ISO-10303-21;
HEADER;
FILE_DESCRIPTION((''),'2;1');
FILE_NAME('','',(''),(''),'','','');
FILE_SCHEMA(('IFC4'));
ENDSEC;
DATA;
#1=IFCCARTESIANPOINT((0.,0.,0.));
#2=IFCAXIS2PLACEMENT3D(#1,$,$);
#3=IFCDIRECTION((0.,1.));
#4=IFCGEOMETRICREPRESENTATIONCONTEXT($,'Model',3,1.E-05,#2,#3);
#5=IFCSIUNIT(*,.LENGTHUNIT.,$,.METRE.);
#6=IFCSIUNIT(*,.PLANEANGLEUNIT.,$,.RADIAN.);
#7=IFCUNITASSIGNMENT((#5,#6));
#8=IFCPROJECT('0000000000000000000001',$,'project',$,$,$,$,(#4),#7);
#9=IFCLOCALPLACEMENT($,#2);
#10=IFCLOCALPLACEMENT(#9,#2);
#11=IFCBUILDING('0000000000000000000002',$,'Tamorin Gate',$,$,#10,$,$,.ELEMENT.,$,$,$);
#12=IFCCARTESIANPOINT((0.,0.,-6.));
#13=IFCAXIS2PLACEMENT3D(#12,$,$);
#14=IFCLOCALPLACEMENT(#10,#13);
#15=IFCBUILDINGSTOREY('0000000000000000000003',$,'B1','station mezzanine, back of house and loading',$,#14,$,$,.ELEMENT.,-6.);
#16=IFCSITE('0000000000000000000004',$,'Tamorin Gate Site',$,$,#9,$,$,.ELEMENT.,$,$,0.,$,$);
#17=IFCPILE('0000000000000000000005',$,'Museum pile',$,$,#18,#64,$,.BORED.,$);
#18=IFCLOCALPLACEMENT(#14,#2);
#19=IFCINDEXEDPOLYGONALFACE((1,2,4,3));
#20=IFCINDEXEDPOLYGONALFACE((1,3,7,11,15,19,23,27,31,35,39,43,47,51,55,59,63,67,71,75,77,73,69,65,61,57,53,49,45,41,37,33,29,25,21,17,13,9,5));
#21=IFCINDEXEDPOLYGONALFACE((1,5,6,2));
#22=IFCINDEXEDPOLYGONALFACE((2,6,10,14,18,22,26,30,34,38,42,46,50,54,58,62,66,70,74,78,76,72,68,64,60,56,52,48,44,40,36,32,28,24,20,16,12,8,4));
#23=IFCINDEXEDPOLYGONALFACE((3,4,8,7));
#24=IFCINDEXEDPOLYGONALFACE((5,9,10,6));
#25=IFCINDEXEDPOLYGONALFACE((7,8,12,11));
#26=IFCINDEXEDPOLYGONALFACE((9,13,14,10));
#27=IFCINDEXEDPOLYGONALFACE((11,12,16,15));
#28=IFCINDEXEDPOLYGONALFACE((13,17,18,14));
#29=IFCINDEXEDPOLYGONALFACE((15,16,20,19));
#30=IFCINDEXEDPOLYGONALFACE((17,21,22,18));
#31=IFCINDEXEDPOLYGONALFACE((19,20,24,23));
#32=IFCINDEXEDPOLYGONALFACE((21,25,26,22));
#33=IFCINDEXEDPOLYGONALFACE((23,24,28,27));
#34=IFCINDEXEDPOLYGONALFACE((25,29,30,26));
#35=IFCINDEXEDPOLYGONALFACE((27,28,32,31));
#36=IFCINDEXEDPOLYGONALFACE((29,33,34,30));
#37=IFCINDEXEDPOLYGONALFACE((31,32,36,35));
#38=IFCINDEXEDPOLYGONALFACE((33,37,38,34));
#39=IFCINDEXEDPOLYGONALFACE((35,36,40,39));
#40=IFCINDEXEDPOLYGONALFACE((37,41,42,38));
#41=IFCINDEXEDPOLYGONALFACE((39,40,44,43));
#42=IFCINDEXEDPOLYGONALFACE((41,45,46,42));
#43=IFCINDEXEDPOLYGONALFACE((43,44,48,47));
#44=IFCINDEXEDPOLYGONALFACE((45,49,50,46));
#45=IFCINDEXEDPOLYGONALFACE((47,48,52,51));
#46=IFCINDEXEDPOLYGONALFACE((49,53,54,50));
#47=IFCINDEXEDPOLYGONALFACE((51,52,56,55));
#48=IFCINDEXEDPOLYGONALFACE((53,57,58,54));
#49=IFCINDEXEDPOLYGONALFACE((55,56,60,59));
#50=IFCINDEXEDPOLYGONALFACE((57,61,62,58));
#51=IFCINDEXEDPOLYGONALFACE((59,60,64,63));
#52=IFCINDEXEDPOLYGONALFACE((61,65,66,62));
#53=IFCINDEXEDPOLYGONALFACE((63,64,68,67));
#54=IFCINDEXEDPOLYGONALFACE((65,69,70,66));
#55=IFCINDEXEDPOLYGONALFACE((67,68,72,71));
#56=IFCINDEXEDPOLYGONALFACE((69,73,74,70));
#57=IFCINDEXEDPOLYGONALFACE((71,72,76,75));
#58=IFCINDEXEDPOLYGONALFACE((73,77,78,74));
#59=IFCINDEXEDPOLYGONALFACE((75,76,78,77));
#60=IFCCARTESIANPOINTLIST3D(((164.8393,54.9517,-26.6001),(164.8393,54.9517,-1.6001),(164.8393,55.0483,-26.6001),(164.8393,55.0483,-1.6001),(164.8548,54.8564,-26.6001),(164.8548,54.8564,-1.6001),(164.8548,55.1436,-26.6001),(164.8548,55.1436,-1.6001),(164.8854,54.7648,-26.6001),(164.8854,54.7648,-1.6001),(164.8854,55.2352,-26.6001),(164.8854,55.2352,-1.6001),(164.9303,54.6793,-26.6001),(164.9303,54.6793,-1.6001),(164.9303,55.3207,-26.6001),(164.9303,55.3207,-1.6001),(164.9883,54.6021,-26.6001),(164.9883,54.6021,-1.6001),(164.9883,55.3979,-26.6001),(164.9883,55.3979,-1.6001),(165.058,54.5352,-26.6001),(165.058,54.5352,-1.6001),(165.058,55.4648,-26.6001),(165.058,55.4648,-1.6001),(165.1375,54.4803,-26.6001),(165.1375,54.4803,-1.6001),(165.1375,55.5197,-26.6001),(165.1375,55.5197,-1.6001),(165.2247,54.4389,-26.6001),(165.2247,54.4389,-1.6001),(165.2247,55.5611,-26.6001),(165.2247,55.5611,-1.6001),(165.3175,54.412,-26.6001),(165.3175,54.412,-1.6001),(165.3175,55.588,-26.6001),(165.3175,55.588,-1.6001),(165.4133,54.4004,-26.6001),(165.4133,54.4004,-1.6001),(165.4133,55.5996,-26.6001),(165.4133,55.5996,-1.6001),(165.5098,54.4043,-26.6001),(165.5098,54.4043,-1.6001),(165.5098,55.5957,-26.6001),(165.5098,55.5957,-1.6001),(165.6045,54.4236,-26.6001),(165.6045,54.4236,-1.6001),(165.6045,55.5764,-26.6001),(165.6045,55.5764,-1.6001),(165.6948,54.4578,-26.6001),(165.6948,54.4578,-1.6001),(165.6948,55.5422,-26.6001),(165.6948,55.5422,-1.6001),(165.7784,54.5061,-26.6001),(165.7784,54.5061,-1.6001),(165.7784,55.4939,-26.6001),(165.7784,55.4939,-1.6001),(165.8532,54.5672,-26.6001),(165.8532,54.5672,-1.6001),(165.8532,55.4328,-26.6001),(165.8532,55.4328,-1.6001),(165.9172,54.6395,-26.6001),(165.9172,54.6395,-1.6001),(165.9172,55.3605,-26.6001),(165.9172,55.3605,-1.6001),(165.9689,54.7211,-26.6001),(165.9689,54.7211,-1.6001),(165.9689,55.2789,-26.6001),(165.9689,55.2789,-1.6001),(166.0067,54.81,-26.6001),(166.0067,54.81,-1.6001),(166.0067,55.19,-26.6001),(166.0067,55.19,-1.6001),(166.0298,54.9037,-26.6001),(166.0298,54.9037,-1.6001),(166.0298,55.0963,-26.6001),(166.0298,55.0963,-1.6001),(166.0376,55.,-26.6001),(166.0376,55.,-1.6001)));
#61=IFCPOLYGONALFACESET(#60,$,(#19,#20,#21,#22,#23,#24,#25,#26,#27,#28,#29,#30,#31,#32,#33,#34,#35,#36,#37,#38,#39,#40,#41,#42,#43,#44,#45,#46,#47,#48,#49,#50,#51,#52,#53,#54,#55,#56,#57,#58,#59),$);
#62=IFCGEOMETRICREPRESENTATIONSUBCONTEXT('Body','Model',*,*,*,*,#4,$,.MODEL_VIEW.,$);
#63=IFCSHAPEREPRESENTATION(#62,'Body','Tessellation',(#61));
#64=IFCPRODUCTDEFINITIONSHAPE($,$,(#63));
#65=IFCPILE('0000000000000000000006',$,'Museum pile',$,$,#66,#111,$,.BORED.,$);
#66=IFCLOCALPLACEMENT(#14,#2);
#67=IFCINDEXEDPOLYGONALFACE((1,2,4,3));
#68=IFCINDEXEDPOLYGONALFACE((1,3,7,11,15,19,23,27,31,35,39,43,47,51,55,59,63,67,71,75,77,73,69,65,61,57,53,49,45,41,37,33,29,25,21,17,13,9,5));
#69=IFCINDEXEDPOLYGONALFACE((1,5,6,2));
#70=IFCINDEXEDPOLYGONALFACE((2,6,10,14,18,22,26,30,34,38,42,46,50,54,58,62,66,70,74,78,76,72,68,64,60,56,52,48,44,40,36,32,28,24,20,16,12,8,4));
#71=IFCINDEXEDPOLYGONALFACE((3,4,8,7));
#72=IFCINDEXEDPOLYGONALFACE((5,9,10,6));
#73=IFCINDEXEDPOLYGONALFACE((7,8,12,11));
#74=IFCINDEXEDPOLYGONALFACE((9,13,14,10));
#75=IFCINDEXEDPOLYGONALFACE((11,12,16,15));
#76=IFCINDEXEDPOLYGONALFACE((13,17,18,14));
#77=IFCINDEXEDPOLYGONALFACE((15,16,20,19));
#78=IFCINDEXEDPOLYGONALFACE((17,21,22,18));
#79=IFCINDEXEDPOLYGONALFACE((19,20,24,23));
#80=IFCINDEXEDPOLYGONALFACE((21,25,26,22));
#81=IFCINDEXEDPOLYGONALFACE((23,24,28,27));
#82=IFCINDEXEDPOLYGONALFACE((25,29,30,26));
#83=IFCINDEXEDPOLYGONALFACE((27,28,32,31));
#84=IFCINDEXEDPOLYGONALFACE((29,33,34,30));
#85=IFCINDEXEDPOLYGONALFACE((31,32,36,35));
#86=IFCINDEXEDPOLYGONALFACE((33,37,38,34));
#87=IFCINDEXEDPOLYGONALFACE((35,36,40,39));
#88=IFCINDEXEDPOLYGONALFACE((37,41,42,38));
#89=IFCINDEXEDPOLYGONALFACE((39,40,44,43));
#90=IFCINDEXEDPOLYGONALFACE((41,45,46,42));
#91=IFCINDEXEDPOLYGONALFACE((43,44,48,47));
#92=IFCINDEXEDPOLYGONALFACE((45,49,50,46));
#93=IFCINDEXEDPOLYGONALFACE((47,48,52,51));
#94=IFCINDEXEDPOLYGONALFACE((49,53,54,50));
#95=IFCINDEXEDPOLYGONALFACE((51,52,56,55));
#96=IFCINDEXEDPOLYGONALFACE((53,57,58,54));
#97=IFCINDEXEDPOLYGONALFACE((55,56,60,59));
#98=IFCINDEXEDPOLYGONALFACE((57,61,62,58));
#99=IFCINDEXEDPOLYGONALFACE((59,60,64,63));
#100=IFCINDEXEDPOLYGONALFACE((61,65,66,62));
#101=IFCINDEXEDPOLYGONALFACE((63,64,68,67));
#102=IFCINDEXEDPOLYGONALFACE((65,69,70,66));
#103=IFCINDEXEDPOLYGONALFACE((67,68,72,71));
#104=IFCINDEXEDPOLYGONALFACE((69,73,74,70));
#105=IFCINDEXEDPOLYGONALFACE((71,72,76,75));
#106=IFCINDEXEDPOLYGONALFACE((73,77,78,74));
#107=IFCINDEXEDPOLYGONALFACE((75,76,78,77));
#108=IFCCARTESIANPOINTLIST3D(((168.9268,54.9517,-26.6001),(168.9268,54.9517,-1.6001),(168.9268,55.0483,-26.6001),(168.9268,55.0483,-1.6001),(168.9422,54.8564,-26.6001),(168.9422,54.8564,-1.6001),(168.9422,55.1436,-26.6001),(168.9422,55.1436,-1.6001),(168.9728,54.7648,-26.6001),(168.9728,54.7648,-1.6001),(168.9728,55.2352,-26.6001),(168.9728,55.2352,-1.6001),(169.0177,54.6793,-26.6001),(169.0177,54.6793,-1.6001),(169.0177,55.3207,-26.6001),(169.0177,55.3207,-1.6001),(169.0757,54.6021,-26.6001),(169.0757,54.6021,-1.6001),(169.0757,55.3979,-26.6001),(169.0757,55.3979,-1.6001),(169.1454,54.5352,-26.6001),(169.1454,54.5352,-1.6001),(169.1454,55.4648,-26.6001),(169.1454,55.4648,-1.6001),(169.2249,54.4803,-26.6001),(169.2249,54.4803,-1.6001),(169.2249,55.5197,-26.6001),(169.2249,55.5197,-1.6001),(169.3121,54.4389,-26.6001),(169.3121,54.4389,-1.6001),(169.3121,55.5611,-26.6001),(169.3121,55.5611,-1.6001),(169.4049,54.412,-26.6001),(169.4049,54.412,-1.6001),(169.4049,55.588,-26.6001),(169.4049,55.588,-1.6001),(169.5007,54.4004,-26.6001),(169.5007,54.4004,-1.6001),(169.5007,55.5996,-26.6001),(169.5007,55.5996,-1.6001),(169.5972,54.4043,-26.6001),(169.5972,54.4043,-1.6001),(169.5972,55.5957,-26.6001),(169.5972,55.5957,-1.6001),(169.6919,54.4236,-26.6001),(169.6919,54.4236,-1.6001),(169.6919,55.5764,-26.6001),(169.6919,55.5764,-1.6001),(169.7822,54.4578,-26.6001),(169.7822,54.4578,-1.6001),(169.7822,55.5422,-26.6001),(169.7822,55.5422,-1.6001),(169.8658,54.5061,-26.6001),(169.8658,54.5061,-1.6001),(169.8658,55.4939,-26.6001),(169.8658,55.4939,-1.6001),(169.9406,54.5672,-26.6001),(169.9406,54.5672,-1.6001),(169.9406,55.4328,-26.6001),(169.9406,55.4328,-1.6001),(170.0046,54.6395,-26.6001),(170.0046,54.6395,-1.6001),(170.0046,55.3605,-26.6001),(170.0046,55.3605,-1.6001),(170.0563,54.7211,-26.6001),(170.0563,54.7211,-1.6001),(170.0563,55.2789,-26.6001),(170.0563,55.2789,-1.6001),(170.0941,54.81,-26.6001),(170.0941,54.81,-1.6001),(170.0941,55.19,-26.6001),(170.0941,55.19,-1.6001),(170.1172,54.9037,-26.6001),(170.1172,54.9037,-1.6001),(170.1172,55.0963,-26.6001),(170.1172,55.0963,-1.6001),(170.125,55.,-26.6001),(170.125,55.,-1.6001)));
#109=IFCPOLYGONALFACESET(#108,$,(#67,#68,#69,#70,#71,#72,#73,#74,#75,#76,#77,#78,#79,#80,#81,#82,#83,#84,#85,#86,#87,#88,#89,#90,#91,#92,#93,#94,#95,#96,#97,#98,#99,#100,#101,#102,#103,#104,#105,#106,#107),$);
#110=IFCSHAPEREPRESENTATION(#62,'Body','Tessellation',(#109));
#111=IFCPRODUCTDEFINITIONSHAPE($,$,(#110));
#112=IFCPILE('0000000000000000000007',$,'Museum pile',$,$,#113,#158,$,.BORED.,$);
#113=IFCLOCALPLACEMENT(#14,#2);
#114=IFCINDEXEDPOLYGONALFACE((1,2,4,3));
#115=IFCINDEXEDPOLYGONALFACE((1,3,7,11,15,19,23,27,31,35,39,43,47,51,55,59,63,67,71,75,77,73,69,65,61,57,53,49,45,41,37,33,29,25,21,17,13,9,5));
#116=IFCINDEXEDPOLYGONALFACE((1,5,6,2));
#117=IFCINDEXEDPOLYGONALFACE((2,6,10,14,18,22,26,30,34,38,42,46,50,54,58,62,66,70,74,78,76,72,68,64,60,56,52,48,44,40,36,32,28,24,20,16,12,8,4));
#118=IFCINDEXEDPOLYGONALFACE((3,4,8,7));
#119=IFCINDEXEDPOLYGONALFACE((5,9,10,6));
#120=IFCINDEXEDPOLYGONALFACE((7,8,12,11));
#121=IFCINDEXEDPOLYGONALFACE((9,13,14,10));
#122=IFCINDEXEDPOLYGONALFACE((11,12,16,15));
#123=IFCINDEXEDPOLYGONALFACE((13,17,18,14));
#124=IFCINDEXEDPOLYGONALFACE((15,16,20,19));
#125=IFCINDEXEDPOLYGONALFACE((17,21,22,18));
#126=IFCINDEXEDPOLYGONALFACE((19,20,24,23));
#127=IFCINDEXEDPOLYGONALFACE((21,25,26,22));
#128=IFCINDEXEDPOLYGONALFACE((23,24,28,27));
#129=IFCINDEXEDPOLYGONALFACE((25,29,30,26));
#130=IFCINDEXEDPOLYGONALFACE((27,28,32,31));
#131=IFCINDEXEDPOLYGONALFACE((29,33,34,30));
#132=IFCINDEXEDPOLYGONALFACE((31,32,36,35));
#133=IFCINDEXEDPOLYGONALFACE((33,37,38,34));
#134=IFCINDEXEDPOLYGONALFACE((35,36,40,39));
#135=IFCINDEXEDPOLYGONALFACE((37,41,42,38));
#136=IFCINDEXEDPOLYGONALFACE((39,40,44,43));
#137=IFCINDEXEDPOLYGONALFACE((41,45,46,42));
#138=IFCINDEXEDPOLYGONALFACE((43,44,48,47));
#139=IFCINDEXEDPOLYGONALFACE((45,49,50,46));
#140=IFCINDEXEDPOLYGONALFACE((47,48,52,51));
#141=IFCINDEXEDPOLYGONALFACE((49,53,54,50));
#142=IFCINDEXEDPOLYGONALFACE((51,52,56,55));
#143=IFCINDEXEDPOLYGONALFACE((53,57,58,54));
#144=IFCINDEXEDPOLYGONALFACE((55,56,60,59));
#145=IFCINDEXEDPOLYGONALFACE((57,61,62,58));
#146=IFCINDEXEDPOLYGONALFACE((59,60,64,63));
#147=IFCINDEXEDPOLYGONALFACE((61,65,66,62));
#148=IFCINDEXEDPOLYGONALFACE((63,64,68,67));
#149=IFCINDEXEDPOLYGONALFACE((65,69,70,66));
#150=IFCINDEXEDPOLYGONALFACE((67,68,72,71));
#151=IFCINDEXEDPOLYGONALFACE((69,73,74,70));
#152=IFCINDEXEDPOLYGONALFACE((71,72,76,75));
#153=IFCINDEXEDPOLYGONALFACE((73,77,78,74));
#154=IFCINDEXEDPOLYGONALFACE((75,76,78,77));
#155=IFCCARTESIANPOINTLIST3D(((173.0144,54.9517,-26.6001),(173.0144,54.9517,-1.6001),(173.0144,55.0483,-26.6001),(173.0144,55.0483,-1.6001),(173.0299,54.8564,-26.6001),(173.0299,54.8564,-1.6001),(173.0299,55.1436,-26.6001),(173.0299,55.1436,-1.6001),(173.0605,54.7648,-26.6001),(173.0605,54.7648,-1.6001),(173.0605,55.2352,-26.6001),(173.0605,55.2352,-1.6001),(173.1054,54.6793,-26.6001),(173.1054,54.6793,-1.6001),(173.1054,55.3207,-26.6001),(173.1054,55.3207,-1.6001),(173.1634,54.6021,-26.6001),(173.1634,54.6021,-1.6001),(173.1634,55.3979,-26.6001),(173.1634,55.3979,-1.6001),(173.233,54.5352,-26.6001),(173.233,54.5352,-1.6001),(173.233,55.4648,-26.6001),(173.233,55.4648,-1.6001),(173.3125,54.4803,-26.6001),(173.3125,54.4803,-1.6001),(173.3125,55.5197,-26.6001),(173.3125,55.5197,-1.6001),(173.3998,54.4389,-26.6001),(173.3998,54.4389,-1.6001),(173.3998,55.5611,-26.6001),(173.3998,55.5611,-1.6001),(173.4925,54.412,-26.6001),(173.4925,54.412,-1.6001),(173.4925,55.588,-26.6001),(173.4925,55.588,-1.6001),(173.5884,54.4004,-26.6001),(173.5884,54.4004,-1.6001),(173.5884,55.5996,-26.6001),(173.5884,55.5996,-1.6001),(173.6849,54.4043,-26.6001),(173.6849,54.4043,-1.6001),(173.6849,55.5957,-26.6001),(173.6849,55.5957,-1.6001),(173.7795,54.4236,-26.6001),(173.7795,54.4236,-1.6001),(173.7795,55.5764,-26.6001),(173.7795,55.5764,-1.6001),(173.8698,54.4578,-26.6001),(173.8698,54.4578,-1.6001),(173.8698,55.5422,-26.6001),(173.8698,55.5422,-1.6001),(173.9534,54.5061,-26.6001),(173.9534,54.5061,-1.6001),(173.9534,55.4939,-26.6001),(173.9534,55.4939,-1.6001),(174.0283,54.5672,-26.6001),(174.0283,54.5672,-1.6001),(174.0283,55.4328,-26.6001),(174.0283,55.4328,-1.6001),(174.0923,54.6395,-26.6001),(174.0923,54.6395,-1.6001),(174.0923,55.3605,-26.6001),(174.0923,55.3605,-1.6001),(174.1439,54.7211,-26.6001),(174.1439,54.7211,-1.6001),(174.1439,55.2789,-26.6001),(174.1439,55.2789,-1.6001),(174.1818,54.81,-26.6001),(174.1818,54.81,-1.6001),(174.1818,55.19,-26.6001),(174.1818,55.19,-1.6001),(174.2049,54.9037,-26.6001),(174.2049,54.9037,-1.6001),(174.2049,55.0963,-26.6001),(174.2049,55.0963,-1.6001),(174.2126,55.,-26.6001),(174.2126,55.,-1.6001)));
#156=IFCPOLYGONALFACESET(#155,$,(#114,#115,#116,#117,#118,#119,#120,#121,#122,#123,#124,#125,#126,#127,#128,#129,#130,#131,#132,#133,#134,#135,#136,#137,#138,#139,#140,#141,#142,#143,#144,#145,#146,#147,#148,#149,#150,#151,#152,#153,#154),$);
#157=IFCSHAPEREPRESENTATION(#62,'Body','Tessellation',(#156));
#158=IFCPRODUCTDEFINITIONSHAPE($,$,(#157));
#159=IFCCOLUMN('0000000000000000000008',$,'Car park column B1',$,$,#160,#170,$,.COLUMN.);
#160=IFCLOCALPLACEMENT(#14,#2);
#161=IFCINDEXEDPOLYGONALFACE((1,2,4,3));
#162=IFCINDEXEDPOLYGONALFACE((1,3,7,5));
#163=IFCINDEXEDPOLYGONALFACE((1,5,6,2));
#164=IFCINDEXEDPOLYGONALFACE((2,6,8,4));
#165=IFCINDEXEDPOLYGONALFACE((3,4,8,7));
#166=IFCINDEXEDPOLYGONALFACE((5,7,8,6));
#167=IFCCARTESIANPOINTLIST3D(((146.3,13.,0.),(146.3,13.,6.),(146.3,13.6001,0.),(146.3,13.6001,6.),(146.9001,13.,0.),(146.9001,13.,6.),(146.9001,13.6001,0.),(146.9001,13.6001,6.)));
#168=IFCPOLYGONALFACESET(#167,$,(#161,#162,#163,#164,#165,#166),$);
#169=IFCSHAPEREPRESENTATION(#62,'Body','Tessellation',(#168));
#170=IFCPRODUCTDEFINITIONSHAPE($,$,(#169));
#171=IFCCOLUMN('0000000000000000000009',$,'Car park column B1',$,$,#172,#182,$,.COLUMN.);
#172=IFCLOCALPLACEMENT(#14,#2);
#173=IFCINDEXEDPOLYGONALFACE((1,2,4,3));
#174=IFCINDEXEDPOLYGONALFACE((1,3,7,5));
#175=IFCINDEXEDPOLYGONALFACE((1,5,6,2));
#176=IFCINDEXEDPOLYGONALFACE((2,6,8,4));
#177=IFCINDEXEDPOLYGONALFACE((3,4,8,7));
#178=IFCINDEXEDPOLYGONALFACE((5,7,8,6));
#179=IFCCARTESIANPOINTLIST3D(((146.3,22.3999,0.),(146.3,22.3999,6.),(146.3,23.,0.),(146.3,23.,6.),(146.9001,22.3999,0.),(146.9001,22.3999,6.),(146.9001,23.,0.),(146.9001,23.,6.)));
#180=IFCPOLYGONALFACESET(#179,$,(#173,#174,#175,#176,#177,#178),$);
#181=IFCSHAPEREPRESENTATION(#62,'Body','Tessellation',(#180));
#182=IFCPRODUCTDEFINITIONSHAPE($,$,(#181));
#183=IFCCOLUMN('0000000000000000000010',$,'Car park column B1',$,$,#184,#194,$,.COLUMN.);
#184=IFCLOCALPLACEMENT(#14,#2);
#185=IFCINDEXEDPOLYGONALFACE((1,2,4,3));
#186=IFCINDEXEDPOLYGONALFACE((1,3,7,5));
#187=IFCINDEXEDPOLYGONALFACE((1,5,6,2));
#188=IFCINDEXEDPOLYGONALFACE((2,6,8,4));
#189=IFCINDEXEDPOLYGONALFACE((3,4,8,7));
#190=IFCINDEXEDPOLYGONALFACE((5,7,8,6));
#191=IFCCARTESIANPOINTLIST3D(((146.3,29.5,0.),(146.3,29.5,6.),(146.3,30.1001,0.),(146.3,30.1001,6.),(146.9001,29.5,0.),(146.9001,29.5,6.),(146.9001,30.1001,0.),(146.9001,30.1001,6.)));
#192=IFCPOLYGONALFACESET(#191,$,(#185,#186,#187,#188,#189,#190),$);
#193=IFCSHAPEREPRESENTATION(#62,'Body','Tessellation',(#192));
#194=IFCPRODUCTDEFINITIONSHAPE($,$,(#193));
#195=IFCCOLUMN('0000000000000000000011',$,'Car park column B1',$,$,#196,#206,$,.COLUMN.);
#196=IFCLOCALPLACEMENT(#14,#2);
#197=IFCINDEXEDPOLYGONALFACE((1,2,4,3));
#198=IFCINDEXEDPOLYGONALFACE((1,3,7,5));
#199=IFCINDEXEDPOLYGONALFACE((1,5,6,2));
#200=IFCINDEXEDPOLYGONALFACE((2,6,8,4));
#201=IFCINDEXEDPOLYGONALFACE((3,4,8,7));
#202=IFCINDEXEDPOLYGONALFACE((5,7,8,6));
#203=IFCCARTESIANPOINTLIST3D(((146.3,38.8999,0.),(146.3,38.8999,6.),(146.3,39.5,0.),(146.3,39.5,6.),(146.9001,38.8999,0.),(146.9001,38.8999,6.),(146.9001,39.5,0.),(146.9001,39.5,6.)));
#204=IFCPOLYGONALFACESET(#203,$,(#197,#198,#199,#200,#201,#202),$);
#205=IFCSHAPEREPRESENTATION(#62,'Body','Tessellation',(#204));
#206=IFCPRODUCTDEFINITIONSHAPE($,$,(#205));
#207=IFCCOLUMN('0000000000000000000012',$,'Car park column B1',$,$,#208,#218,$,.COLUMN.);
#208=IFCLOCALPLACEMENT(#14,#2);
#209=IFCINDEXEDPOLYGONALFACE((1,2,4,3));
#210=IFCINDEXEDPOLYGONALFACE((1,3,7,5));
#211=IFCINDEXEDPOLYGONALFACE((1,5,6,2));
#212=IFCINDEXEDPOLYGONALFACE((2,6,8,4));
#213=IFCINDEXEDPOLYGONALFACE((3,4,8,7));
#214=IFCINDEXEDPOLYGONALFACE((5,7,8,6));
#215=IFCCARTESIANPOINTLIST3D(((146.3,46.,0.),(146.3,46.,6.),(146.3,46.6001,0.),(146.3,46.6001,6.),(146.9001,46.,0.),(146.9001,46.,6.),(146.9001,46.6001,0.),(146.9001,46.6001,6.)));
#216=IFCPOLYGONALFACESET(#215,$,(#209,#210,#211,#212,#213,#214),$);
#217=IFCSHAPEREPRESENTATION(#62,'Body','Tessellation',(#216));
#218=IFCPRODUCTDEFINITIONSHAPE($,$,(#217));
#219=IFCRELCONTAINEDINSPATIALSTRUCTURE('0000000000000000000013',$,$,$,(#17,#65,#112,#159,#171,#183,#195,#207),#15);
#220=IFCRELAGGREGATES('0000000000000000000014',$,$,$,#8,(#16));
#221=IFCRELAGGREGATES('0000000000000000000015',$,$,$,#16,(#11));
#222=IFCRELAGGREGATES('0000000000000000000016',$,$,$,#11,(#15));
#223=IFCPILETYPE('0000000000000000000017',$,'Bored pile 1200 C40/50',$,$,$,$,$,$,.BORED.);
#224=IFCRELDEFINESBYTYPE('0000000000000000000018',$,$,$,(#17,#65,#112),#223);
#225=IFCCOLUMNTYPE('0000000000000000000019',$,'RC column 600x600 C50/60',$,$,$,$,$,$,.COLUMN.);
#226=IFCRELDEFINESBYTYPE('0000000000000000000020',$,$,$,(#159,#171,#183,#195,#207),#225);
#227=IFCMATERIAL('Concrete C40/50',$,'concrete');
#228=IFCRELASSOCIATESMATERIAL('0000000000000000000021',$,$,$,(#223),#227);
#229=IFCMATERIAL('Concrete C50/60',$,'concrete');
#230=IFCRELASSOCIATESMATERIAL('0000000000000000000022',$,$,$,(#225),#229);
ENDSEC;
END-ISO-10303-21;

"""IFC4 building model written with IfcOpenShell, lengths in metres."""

from ifc_helpers import new_model, si_unit, direction, frame, origin, origin_2d, place, context, subcontext, project, spatial, rectangle, circle, extrude, material, material_profile, profile_set, type_object, element, save


model = new_model("IFC4")

# Units and contexts
model_context = context("Model", 3, precision=1e-05, world=origin(), true_north=direction((0.0, 1.0)))
body_context = subcontext(model_context, "Body", "Model", "MODEL_VIEW")
ifc_project = project(units=[si_unit("LENGTHUNIT", "METRE"), si_unit("PLANEANGLEUNIT", "RADIAN")], contexts=[model_context])

# Site, building, storey
site_placement = place(None, origin())
site = spatial("IfcSite", under=ifc_project, at=site_placement, Name="Tamorin Gate Site", CompositionType="ELEMENT", RefElevation=0.0)
building_placement = place(site_placement, origin())
building = spatial("IfcBuilding", under=site, at=building_placement, Name="Tamorin Gate", CompositionType="ELEMENT")
storey_placement = place(building_placement, frame((0.0, 0.0, -6.0)))
storey = spatial("IfcBuildingStorey", under=building, at=storey_placement, Name="B1", Description="station mezzanine, back of house and loading", CompositionType="ELEMENT", Elevation=-6.0)

# Piles
ifc_material_1 = material(Name="Concrete C40/50", Category="concrete")
ifc_material_profile_1 = material_profile(ifc_material_1, circle(Radius=0.6001, at=origin_2d()))
ifc_profile_set_1 = profile_set([ifc_material_profile_1], Name="Concrete C40/50")
pile_type = type_object("IfcPileType", Name="Bored pile 1200 C40/50", PredefinedType="BORED", material=ifc_profile_set_1)
for number, where, z_axis, x_axis, name in (
    (1, (165.4375, 55.0, -1.6001), (0.0, 0.0, -1.0), (1.0, 0.0, 0.0), "Museum pile"),
    (2, (169.5249, 55.0, -1.6001), (0.0, 0.0, -1.0), (1.0, 0.0, 0.0), "Museum pile"),
    (3, (173.6125, 55.0, -1.6001), (0.0, 0.0, -1.0), (1.0, 0.0, 0.0), "Museum pile"),
):
    element("IfcPile", number, at=place(storey_placement, frame(where, z_axis=z_axis, x_axis=x_axis)), inside=storey, type_object=pile_type, Name=name, PredefinedType="BORED", context=body_context, shape_type="SweptSolid", body=[
        extrude(circle(Radius=0.6001, at=origin_2d()), origin(), (0.0, 0.0, 1.0), 25.0),
    ])

# Columns
ifc_material_2 = material(Name="Concrete C50/60", Category="concrete")
ifc_material_profile_2 = material_profile(ifc_material_2, rectangle(XDim=0.6001, YDim=0.6001, at=origin_2d()))
ifc_profile_set_2 = profile_set([ifc_material_profile_2], Name="Concrete C50/60")
column_type = type_object("IfcColumnType", Name="RC column 600x600 C50/60", PredefinedType="COLUMN", material=ifc_profile_set_2)
for number, where, z_axis, x_axis, name in (
    (4, (146.6001, 13.3, 0.0), (0.0, 0.0, 1.0), (1.0, 0.0, 0.0), "Car park column B1"),
    (5, (146.6001, 22.7, 0.0), (0.0, 0.0, 1.0), (1.0, 0.0, 0.0), "Car park column B1"),
    (6, (146.6001, 29.8, 0.0), (0.0, 0.0, 1.0), (1.0, 0.0, 0.0), "Car park column B1"),
    (7, (146.6001, 39.2, 0.0), (0.0, 0.0, 1.0), (1.0, 0.0, 0.0), "Car park column B1"),
    (8, (146.6001, 46.3, 0.0), (0.0, 0.0, 1.0), (1.0, 0.0, 0.0), "Car park column B1"),
):
    element("IfcColumn", number, at=place(storey_placement, frame(where, z_axis=z_axis, x_axis=x_axis)), inside=storey, type_object=column_type, Name=name, PredefinedType="COLUMN", context=body_context, shape_type="SweptSolid", body=[
        extrude(rectangle(XDim=0.6001, YDim=0.6001, at=origin_2d()), origin(), (0.0, 0.0, 1.0), 6.0),
    ])

save(model, "model.ifc")
